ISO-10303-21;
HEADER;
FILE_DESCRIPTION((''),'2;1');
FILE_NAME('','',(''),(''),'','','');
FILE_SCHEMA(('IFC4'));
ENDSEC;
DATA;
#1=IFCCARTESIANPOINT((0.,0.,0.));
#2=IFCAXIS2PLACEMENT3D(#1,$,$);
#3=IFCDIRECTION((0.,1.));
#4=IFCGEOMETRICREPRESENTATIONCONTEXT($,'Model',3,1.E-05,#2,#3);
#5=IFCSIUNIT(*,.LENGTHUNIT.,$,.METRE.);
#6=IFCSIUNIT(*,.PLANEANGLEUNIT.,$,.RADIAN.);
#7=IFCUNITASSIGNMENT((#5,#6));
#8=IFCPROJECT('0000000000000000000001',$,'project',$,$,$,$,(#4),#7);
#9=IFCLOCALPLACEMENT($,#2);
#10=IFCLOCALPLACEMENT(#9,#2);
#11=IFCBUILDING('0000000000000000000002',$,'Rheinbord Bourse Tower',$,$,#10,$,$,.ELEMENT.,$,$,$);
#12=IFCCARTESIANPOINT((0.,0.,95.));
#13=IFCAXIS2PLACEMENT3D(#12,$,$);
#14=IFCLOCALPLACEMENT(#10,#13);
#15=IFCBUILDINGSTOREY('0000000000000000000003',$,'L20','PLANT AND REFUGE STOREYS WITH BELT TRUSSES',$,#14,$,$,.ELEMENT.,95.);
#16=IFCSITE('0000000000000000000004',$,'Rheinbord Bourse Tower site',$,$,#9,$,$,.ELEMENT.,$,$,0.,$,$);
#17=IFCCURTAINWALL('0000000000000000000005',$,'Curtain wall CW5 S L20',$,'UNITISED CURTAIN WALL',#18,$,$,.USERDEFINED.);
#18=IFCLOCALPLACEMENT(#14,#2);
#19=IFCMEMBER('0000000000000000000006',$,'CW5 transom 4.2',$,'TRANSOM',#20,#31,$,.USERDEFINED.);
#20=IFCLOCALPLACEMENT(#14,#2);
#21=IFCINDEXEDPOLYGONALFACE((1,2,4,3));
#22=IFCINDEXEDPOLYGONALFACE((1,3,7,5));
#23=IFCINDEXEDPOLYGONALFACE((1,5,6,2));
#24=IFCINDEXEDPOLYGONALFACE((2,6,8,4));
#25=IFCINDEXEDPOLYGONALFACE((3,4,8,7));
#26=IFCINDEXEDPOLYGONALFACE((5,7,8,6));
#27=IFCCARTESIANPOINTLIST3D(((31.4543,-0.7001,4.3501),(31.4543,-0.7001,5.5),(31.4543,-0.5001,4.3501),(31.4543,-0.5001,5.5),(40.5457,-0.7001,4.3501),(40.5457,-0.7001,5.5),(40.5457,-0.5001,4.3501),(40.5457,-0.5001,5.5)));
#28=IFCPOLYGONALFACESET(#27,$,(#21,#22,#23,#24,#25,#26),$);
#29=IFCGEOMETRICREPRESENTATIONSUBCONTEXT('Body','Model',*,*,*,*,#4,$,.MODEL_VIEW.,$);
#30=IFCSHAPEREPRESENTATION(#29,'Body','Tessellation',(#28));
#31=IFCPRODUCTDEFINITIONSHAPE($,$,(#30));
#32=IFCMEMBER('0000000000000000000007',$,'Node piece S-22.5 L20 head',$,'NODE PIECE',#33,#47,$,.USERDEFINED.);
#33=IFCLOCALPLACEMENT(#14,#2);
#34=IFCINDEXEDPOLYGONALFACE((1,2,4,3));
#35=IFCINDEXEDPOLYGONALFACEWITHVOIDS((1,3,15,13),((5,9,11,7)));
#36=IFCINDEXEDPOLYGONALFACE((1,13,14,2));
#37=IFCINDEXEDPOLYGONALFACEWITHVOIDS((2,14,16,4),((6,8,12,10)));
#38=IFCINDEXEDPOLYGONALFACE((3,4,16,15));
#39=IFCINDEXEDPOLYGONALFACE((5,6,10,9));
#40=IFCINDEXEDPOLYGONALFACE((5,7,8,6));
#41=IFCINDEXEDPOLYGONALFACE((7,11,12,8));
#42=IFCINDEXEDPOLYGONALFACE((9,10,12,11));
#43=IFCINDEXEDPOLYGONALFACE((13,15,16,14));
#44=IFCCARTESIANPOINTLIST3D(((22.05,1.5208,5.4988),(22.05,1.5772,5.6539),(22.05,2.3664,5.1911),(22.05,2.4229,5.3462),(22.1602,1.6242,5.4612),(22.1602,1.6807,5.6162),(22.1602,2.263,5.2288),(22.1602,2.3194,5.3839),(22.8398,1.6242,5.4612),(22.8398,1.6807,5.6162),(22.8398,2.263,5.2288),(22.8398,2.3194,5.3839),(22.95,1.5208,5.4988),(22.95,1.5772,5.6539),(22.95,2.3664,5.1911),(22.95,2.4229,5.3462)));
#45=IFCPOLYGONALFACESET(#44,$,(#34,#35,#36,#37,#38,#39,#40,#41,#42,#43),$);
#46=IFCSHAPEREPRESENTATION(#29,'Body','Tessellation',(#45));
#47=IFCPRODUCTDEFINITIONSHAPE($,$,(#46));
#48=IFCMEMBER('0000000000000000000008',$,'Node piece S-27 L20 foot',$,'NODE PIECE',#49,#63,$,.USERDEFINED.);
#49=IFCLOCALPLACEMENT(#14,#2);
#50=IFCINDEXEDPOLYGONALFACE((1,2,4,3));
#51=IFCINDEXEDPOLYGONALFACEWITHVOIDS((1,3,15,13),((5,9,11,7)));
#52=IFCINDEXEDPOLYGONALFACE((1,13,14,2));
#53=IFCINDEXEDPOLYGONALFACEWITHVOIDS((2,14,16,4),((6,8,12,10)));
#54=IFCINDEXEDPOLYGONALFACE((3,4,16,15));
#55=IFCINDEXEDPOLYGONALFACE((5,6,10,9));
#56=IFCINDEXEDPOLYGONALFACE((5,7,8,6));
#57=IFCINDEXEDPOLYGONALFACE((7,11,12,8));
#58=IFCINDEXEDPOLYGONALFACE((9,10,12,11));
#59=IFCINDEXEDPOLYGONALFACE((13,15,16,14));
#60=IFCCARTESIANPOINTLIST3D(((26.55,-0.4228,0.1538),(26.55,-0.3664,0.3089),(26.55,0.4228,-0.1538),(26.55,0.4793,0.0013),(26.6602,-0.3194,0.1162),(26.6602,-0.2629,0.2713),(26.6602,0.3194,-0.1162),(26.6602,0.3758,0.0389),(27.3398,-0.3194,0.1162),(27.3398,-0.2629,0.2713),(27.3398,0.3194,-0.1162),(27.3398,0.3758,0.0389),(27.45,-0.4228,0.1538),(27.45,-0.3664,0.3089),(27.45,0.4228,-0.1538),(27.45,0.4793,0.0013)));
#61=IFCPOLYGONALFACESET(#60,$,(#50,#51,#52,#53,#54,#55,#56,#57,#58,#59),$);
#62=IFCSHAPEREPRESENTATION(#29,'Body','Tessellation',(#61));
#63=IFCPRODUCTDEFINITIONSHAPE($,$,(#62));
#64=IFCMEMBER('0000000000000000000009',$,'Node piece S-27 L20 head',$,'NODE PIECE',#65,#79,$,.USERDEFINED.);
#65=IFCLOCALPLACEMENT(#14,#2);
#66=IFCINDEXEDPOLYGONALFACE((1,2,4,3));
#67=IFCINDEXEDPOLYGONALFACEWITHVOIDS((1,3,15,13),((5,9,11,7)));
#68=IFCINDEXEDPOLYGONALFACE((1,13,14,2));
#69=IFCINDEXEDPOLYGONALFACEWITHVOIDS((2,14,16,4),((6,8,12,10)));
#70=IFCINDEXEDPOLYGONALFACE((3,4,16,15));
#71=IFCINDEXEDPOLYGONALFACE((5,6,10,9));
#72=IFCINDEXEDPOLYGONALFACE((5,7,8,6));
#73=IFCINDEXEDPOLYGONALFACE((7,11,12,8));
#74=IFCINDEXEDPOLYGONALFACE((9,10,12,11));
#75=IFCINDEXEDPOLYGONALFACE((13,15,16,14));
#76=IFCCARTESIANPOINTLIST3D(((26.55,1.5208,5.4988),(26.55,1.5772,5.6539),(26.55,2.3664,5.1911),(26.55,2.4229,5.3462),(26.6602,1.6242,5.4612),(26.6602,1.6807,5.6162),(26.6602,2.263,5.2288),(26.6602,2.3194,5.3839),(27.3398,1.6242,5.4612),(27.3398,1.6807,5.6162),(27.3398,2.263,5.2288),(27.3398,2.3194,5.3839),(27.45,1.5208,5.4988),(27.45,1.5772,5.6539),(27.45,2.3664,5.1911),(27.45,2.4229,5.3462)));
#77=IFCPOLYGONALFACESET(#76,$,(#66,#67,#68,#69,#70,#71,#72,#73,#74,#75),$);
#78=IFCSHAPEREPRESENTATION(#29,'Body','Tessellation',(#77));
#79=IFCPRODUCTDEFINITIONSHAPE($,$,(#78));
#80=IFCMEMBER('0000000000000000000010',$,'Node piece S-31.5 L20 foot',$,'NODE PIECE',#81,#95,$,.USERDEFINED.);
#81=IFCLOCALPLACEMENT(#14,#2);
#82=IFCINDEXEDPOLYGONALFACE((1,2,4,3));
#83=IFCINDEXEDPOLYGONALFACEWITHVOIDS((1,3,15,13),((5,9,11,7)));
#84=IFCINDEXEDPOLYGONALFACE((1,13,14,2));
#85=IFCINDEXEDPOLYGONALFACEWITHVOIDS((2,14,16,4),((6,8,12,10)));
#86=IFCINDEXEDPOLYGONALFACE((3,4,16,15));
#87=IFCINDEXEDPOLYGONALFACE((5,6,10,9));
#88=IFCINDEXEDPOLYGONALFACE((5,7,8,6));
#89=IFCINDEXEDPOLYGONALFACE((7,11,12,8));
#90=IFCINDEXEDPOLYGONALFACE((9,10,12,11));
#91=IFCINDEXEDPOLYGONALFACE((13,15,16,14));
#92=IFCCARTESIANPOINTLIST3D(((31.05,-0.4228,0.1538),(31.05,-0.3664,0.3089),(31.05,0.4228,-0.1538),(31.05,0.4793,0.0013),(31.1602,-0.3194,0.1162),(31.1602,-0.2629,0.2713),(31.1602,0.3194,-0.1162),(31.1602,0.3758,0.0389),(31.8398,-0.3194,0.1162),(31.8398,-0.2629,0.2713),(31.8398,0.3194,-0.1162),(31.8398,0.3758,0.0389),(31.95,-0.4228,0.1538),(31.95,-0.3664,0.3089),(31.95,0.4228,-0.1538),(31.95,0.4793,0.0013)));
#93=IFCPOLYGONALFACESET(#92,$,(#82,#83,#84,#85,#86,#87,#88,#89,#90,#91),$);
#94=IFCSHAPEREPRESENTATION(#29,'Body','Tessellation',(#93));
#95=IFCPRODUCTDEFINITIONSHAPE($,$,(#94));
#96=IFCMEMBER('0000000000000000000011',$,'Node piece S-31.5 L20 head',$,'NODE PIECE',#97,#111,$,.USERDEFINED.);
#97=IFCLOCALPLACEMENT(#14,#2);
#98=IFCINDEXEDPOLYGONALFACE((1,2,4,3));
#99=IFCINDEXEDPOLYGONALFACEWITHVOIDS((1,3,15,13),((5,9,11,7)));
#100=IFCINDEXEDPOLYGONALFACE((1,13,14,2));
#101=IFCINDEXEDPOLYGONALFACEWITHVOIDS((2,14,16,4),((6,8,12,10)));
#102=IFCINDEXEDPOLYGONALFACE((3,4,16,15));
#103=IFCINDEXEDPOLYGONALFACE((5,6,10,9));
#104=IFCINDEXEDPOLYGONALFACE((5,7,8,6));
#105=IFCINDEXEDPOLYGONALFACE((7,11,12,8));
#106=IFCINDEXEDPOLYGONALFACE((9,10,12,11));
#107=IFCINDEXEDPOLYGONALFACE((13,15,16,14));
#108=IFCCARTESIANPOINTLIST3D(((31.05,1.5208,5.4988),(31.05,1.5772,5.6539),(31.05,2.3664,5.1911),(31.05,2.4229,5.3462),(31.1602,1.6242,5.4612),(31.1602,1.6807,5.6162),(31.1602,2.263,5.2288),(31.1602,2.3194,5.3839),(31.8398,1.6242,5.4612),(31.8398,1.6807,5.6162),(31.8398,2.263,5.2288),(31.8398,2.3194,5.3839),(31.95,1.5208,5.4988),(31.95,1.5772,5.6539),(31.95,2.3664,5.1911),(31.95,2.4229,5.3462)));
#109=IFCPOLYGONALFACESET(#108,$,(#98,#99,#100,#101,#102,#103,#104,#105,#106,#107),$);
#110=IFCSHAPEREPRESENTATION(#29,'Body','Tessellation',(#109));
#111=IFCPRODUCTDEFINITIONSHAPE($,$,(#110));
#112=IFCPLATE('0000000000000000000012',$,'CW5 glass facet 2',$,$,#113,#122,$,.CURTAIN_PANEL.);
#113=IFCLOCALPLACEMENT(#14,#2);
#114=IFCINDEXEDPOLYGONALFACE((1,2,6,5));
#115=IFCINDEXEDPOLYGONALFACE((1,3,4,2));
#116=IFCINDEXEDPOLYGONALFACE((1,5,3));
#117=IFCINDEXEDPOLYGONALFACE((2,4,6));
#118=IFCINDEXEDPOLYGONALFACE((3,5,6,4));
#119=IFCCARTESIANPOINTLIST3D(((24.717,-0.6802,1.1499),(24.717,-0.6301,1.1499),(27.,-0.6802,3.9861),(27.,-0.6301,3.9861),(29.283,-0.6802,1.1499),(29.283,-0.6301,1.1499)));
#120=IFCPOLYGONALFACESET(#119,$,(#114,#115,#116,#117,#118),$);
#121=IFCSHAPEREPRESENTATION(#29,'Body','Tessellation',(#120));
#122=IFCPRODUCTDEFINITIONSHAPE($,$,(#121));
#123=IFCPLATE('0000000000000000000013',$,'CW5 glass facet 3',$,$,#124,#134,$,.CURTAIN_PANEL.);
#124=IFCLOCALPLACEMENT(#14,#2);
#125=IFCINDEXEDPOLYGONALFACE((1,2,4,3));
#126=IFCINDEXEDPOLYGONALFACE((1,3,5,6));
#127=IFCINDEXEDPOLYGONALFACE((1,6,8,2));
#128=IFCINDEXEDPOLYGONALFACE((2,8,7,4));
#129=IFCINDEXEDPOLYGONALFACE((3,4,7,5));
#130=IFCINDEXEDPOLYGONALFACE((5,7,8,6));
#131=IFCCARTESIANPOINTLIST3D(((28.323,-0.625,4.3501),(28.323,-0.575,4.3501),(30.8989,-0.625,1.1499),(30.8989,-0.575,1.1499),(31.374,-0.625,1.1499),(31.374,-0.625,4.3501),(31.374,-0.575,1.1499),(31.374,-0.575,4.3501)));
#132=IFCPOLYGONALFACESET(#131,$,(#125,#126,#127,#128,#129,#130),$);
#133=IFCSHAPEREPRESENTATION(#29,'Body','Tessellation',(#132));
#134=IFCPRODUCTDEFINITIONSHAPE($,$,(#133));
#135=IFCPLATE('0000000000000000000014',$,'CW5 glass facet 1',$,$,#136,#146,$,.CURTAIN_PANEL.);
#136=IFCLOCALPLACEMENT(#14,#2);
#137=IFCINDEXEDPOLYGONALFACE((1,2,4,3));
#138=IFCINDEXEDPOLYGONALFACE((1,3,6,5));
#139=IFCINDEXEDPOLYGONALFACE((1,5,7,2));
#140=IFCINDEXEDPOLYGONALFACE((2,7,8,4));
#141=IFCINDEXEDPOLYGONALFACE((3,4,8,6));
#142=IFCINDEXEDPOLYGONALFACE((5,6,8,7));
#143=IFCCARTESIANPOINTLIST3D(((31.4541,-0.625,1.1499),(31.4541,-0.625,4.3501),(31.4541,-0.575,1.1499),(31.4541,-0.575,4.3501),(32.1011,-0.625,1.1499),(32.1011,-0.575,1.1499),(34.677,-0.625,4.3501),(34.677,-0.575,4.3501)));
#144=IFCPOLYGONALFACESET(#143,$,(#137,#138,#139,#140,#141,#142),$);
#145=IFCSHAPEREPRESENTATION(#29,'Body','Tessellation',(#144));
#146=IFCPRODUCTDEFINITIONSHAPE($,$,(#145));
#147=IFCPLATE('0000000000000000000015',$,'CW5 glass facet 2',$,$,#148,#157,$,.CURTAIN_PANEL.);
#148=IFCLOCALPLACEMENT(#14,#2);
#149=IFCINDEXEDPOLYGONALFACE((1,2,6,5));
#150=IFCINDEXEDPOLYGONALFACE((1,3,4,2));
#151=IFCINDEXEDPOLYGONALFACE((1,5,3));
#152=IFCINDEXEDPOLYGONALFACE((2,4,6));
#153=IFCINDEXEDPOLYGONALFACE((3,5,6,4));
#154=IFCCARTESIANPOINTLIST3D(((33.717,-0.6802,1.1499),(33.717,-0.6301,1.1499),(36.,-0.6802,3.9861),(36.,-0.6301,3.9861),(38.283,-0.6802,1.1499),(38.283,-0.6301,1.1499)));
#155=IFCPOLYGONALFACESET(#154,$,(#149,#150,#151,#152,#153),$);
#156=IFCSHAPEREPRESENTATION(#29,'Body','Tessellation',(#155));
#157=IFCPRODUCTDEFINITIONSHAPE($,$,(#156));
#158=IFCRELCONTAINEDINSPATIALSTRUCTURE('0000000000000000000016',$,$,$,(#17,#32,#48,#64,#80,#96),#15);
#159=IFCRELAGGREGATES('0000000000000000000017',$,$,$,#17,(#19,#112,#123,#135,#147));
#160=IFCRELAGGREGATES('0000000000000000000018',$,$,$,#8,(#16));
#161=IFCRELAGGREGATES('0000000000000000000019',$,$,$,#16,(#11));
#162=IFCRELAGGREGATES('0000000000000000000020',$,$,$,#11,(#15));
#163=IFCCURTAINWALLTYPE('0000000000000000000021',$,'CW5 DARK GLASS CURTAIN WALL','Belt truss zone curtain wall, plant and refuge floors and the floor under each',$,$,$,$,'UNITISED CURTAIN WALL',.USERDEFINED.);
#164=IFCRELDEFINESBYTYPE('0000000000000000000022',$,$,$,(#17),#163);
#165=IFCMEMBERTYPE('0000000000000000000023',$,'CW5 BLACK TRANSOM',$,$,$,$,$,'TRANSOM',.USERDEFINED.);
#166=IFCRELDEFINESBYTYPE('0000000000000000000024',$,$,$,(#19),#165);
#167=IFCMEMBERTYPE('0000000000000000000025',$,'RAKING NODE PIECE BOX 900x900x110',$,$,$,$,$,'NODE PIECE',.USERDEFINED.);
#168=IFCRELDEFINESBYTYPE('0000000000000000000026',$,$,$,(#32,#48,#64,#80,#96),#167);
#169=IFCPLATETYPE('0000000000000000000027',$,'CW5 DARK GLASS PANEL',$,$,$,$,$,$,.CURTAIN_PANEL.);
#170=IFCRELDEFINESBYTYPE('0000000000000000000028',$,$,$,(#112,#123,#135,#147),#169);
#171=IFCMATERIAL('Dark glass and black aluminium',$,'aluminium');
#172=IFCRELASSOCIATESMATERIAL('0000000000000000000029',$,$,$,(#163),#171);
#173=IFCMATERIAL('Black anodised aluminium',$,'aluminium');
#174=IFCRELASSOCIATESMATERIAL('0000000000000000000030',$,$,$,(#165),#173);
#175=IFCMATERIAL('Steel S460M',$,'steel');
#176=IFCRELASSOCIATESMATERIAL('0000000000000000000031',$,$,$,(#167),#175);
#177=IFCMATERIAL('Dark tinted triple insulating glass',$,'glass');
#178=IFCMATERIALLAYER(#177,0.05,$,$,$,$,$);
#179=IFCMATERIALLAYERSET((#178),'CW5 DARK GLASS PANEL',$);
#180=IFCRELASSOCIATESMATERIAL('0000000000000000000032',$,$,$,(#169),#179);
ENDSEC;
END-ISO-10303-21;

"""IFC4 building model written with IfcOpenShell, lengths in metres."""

from ifc_helpers import new_model, si_unit, direction, frame, origin, origin_2d, place, context, subcontext, project, spatial, polyline, rectangle, hollow_rectangle, outline, extrude, material, layer, layer_set, material_profile, profile_set, type_object, element, aggregate, save


model = new_model("IFC4")

# Units and contexts
model_context = context("Model", 3, precision=1e-05, world=origin(), true_north=direction((0.0, 1.0)))
body_context = subcontext(model_context, "Body", "Model", "MODEL_VIEW")
ifc_project = project(units=[si_unit("LENGTHUNIT", "METRE"), si_unit("PLANEANGLEUNIT", "RADIAN")], contexts=[model_context])

# Site, building, storey
site_placement = place(None, origin())
site = spatial("IfcSite", under=ifc_project, at=site_placement, Name="Rheinbord Bourse Tower site", CompositionType="ELEMENT", RefElevation=0.0)
building_placement = place(site_placement, origin())
building = spatial("IfcBuilding", under=site, at=building_placement, Name="Rheinbord Bourse Tower", CompositionType="ELEMENT")
storey_placement = place(building_placement, frame((0.0, 0.0, 95.0)))
storey = spatial("IfcBuildingStorey", under=building, at=storey_placement, Name="L20", Description="PLANT AND REFUGE STOREYS WITH BELT TRUSSES", CompositionType="ELEMENT", Elevation=95.0)

# Curtain wall, member
ifc_material_1 = material(Name="Dark glass and black aluminium", Category="aluminium")
curtain_wall_type = type_object("IfcCurtainWallType", Name="CW5 DARK GLASS CURTAIN WALL", Description="Belt truss zone curtain wall, plant and refuge floors and the floor under each", ElementType="UNITISED CURTAIN WALL", PredefinedType="USERDEFINED", material=ifc_material_1)
curtain_wall_placement = place(storey_placement, origin())
curtain_wall = element("IfcCurtainWall", 1, at=curtain_wall_placement, inside=storey, type_object=curtain_wall_type, Name="Curtain wall CW5 S L20", ObjectType="UNITISED CURTAIN WALL", PredefinedType="USERDEFINED")
ifc_material_2 = material(Name="Black anodised aluminium", Category="aluminium")
ifc_material_profile_1 = material_profile(ifc_material_2, rectangle(XDim=0.2, YDim=1.1499, at=origin_2d()), Name="CW5 TRANSOM 1150x200")
ifc_profile_set_1 = profile_set([ifc_material_profile_1], Name="Black anodised aluminium")
member_type_1 = type_object("IfcMemberType", Name="CW5 BLACK TRANSOM", ElementType="TRANSOM", PredefinedType="USERDEFINED", material=ifc_profile_set_1)
member_1_placement = place(storey_placement, frame((31.4543, -0.6001, 4.925), z_axis=(1.0, 0.0, 0.0), x_axis=(0.0, 1.0, 0.0)))
member_1 = element("IfcMember", 2, at=member_1_placement, type_object=member_type_1, Name="CW5 transom 4.2", ObjectType="TRANSOM", PredefinedType="USERDEFINED", context=body_context, shape_type="SweptSolid", body=[
    extrude(rectangle(XDim=0.2, YDim=1.1499, at=origin_2d()), origin(), (0.0, 0.0, 1.0), 9.0913),
])

# Members
ifc_material_3 = material(Name="Steel S460M", Category="steel")
ifc_material_profile_2 = material_profile(ifc_material_3, hollow_rectangle(XDim=0.8999, YDim=0.8999, WallThickness=0.1101, at=origin_2d()), Name="BOX 900x900x110")
ifc_profile_set_2 = profile_set([ifc_material_profile_2], Name="Steel S460M")
member_type_2 = type_object("IfcMemberType", Name="RAKING NODE PIECE BOX 900x900x110", ElementType="NODE PIECE", PredefinedType="USERDEFINED", material=ifc_profile_set_2)
for number, where, z_axis, x_axis, name in (
    (3, (22.5, 1.9436, 5.345), (0.0, 0.341862, 0.93975), (0.0, -0.93975, 0.341862), "Node piece S-22.5 L20 head"),
    (4, (27.0, 0.0, 0.0), (0.0, 0.341862, 0.93975), (0.0, -0.93975, 0.341862), "Node piece S-27 L20 foot"),
    (5, (27.0, 1.9436, 5.345), (0.0, 0.341862, 0.93975), (0.0, -0.93975, 0.341862), "Node piece S-27 L20 head"),
    (6, (31.5, 0.0, 0.0), (0.0, 0.341862, 0.93975), (0.0, -0.93975, 0.341862), "Node piece S-31.5 L20 foot"),
    (7, (31.5, 1.9436, 5.345), (0.0, 0.341862, 0.93975), (0.0, -0.93975, 0.341862), "Node piece S-31.5 L20 head"),
):
    element("IfcMember", number, at=place(storey_placement, frame(where, z_axis=z_axis, x_axis=x_axis)), inside=storey, type_object=member_type_2, Name=name, ObjectType="NODE PIECE", PredefinedType="USERDEFINED", context=body_context, shape_type="SweptSolid", body=[
        extrude(hollow_rectangle(XDim=0.8999, YDim=0.8999, WallThickness=0.1101, at=origin_2d()), origin(), (0.0, 0.0, 1.0), 0.165),
    ])

# Plates
ifc_material_4 = material(Name="Dark tinted triple insulating glass", Category="glass")
ifc_layer = layer(ifc_material_4, 0.05)
ifc_layer_set = layer_set([ifc_layer], Name="CW5 DARK GLASS PANEL")
plate_type = type_object("IfcPlateType", Name="CW5 DARK GLASS PANEL", PredefinedType="CURTAIN_PANEL", material=ifc_layer_set)
plate_1_placement = place(storey_placement, frame((24.717, -0.6802, 1.1499), z_axis=(0.0, 1.0, 0.0), x_axis=(0.627039, 0.0, 0.778988)))
plate_1 = element("IfcPlate", 8, at=plate_1_placement, type_object=plate_type, Name="CW5 glass facet 2", PredefinedType="CURTAIN_PANEL", context=body_context, shape_type="SweptSolid", body=[
    extrude(outline(polyline([(0.0, 0.0), (3.6409, 0.0), (2.863, 3.5569), (0.0, 0.0)])), origin(), (0.0, 0.0, 1.0), 0.05),
])
plate_2_placement = place(storey_placement, frame((31.374, -0.625, 4.3501), z_axis=(0.0, 1.0, 0.0), x_axis=(0.0, 0.0, -1.0)))
plate_2 = element("IfcPlate", 9, at=plate_2_placement, type_object=plate_type, Name="CW5 glass facet 3", PredefinedType="CURTAIN_PANEL", context=body_context, shape_type="SweptSolid", body=[
    extrude(outline(polyline([(0.0, 0.0), (3.2002, 0.0), (3.2002, 0.4751), (0.0, 3.051), (0.0, 0.0)])), origin(), (0.0, 0.0, 1.0), 0.05),
])
plate_3_placement = place(storey_placement, frame((31.4541, -0.625, 1.1499), z_axis=(0.0, 1.0, 0.0), x_axis=(0.0, 0.0, 1.0)))
plate_3 = element("IfcPlate", 10, at=plate_3_placement, type_object=plate_type, Name="CW5 glass facet 1", PredefinedType="CURTAIN_PANEL", context=body_context, shape_type="SweptSolid", body=[
    extrude(outline(polyline([(0.0, 0.0), (3.2002, 0.0), (3.2002, 3.2229), (0.0, 0.647), (0.0, 0.0)])), origin(), (0.0, 0.0, 1.0), 0.05),
])
plate_4_placement = place(storey_placement, frame((33.717, -0.6802, 1.1499), z_axis=(0.0, 1.0, 0.0), x_axis=(0.627039, 0.0, 0.778988)))
plate_4 = element("IfcPlate", 11, at=plate_4_placement, type_object=plate_type, Name="CW5 glass facet 2", PredefinedType="CURTAIN_PANEL", context=body_context, shape_type="SweptSolid", body=[
    extrude(outline(polyline([(0.0, 0.0), (3.6409, 0.0), (2.863, 3.5569), (0.0, 0.0)])), origin(), (0.0, 0.0, 1.0), 0.05),
])
aggregate(curtain_wall, [member_1, plate_1, plate_2, plate_3, plate_4])

save(model, "model.ifc")
